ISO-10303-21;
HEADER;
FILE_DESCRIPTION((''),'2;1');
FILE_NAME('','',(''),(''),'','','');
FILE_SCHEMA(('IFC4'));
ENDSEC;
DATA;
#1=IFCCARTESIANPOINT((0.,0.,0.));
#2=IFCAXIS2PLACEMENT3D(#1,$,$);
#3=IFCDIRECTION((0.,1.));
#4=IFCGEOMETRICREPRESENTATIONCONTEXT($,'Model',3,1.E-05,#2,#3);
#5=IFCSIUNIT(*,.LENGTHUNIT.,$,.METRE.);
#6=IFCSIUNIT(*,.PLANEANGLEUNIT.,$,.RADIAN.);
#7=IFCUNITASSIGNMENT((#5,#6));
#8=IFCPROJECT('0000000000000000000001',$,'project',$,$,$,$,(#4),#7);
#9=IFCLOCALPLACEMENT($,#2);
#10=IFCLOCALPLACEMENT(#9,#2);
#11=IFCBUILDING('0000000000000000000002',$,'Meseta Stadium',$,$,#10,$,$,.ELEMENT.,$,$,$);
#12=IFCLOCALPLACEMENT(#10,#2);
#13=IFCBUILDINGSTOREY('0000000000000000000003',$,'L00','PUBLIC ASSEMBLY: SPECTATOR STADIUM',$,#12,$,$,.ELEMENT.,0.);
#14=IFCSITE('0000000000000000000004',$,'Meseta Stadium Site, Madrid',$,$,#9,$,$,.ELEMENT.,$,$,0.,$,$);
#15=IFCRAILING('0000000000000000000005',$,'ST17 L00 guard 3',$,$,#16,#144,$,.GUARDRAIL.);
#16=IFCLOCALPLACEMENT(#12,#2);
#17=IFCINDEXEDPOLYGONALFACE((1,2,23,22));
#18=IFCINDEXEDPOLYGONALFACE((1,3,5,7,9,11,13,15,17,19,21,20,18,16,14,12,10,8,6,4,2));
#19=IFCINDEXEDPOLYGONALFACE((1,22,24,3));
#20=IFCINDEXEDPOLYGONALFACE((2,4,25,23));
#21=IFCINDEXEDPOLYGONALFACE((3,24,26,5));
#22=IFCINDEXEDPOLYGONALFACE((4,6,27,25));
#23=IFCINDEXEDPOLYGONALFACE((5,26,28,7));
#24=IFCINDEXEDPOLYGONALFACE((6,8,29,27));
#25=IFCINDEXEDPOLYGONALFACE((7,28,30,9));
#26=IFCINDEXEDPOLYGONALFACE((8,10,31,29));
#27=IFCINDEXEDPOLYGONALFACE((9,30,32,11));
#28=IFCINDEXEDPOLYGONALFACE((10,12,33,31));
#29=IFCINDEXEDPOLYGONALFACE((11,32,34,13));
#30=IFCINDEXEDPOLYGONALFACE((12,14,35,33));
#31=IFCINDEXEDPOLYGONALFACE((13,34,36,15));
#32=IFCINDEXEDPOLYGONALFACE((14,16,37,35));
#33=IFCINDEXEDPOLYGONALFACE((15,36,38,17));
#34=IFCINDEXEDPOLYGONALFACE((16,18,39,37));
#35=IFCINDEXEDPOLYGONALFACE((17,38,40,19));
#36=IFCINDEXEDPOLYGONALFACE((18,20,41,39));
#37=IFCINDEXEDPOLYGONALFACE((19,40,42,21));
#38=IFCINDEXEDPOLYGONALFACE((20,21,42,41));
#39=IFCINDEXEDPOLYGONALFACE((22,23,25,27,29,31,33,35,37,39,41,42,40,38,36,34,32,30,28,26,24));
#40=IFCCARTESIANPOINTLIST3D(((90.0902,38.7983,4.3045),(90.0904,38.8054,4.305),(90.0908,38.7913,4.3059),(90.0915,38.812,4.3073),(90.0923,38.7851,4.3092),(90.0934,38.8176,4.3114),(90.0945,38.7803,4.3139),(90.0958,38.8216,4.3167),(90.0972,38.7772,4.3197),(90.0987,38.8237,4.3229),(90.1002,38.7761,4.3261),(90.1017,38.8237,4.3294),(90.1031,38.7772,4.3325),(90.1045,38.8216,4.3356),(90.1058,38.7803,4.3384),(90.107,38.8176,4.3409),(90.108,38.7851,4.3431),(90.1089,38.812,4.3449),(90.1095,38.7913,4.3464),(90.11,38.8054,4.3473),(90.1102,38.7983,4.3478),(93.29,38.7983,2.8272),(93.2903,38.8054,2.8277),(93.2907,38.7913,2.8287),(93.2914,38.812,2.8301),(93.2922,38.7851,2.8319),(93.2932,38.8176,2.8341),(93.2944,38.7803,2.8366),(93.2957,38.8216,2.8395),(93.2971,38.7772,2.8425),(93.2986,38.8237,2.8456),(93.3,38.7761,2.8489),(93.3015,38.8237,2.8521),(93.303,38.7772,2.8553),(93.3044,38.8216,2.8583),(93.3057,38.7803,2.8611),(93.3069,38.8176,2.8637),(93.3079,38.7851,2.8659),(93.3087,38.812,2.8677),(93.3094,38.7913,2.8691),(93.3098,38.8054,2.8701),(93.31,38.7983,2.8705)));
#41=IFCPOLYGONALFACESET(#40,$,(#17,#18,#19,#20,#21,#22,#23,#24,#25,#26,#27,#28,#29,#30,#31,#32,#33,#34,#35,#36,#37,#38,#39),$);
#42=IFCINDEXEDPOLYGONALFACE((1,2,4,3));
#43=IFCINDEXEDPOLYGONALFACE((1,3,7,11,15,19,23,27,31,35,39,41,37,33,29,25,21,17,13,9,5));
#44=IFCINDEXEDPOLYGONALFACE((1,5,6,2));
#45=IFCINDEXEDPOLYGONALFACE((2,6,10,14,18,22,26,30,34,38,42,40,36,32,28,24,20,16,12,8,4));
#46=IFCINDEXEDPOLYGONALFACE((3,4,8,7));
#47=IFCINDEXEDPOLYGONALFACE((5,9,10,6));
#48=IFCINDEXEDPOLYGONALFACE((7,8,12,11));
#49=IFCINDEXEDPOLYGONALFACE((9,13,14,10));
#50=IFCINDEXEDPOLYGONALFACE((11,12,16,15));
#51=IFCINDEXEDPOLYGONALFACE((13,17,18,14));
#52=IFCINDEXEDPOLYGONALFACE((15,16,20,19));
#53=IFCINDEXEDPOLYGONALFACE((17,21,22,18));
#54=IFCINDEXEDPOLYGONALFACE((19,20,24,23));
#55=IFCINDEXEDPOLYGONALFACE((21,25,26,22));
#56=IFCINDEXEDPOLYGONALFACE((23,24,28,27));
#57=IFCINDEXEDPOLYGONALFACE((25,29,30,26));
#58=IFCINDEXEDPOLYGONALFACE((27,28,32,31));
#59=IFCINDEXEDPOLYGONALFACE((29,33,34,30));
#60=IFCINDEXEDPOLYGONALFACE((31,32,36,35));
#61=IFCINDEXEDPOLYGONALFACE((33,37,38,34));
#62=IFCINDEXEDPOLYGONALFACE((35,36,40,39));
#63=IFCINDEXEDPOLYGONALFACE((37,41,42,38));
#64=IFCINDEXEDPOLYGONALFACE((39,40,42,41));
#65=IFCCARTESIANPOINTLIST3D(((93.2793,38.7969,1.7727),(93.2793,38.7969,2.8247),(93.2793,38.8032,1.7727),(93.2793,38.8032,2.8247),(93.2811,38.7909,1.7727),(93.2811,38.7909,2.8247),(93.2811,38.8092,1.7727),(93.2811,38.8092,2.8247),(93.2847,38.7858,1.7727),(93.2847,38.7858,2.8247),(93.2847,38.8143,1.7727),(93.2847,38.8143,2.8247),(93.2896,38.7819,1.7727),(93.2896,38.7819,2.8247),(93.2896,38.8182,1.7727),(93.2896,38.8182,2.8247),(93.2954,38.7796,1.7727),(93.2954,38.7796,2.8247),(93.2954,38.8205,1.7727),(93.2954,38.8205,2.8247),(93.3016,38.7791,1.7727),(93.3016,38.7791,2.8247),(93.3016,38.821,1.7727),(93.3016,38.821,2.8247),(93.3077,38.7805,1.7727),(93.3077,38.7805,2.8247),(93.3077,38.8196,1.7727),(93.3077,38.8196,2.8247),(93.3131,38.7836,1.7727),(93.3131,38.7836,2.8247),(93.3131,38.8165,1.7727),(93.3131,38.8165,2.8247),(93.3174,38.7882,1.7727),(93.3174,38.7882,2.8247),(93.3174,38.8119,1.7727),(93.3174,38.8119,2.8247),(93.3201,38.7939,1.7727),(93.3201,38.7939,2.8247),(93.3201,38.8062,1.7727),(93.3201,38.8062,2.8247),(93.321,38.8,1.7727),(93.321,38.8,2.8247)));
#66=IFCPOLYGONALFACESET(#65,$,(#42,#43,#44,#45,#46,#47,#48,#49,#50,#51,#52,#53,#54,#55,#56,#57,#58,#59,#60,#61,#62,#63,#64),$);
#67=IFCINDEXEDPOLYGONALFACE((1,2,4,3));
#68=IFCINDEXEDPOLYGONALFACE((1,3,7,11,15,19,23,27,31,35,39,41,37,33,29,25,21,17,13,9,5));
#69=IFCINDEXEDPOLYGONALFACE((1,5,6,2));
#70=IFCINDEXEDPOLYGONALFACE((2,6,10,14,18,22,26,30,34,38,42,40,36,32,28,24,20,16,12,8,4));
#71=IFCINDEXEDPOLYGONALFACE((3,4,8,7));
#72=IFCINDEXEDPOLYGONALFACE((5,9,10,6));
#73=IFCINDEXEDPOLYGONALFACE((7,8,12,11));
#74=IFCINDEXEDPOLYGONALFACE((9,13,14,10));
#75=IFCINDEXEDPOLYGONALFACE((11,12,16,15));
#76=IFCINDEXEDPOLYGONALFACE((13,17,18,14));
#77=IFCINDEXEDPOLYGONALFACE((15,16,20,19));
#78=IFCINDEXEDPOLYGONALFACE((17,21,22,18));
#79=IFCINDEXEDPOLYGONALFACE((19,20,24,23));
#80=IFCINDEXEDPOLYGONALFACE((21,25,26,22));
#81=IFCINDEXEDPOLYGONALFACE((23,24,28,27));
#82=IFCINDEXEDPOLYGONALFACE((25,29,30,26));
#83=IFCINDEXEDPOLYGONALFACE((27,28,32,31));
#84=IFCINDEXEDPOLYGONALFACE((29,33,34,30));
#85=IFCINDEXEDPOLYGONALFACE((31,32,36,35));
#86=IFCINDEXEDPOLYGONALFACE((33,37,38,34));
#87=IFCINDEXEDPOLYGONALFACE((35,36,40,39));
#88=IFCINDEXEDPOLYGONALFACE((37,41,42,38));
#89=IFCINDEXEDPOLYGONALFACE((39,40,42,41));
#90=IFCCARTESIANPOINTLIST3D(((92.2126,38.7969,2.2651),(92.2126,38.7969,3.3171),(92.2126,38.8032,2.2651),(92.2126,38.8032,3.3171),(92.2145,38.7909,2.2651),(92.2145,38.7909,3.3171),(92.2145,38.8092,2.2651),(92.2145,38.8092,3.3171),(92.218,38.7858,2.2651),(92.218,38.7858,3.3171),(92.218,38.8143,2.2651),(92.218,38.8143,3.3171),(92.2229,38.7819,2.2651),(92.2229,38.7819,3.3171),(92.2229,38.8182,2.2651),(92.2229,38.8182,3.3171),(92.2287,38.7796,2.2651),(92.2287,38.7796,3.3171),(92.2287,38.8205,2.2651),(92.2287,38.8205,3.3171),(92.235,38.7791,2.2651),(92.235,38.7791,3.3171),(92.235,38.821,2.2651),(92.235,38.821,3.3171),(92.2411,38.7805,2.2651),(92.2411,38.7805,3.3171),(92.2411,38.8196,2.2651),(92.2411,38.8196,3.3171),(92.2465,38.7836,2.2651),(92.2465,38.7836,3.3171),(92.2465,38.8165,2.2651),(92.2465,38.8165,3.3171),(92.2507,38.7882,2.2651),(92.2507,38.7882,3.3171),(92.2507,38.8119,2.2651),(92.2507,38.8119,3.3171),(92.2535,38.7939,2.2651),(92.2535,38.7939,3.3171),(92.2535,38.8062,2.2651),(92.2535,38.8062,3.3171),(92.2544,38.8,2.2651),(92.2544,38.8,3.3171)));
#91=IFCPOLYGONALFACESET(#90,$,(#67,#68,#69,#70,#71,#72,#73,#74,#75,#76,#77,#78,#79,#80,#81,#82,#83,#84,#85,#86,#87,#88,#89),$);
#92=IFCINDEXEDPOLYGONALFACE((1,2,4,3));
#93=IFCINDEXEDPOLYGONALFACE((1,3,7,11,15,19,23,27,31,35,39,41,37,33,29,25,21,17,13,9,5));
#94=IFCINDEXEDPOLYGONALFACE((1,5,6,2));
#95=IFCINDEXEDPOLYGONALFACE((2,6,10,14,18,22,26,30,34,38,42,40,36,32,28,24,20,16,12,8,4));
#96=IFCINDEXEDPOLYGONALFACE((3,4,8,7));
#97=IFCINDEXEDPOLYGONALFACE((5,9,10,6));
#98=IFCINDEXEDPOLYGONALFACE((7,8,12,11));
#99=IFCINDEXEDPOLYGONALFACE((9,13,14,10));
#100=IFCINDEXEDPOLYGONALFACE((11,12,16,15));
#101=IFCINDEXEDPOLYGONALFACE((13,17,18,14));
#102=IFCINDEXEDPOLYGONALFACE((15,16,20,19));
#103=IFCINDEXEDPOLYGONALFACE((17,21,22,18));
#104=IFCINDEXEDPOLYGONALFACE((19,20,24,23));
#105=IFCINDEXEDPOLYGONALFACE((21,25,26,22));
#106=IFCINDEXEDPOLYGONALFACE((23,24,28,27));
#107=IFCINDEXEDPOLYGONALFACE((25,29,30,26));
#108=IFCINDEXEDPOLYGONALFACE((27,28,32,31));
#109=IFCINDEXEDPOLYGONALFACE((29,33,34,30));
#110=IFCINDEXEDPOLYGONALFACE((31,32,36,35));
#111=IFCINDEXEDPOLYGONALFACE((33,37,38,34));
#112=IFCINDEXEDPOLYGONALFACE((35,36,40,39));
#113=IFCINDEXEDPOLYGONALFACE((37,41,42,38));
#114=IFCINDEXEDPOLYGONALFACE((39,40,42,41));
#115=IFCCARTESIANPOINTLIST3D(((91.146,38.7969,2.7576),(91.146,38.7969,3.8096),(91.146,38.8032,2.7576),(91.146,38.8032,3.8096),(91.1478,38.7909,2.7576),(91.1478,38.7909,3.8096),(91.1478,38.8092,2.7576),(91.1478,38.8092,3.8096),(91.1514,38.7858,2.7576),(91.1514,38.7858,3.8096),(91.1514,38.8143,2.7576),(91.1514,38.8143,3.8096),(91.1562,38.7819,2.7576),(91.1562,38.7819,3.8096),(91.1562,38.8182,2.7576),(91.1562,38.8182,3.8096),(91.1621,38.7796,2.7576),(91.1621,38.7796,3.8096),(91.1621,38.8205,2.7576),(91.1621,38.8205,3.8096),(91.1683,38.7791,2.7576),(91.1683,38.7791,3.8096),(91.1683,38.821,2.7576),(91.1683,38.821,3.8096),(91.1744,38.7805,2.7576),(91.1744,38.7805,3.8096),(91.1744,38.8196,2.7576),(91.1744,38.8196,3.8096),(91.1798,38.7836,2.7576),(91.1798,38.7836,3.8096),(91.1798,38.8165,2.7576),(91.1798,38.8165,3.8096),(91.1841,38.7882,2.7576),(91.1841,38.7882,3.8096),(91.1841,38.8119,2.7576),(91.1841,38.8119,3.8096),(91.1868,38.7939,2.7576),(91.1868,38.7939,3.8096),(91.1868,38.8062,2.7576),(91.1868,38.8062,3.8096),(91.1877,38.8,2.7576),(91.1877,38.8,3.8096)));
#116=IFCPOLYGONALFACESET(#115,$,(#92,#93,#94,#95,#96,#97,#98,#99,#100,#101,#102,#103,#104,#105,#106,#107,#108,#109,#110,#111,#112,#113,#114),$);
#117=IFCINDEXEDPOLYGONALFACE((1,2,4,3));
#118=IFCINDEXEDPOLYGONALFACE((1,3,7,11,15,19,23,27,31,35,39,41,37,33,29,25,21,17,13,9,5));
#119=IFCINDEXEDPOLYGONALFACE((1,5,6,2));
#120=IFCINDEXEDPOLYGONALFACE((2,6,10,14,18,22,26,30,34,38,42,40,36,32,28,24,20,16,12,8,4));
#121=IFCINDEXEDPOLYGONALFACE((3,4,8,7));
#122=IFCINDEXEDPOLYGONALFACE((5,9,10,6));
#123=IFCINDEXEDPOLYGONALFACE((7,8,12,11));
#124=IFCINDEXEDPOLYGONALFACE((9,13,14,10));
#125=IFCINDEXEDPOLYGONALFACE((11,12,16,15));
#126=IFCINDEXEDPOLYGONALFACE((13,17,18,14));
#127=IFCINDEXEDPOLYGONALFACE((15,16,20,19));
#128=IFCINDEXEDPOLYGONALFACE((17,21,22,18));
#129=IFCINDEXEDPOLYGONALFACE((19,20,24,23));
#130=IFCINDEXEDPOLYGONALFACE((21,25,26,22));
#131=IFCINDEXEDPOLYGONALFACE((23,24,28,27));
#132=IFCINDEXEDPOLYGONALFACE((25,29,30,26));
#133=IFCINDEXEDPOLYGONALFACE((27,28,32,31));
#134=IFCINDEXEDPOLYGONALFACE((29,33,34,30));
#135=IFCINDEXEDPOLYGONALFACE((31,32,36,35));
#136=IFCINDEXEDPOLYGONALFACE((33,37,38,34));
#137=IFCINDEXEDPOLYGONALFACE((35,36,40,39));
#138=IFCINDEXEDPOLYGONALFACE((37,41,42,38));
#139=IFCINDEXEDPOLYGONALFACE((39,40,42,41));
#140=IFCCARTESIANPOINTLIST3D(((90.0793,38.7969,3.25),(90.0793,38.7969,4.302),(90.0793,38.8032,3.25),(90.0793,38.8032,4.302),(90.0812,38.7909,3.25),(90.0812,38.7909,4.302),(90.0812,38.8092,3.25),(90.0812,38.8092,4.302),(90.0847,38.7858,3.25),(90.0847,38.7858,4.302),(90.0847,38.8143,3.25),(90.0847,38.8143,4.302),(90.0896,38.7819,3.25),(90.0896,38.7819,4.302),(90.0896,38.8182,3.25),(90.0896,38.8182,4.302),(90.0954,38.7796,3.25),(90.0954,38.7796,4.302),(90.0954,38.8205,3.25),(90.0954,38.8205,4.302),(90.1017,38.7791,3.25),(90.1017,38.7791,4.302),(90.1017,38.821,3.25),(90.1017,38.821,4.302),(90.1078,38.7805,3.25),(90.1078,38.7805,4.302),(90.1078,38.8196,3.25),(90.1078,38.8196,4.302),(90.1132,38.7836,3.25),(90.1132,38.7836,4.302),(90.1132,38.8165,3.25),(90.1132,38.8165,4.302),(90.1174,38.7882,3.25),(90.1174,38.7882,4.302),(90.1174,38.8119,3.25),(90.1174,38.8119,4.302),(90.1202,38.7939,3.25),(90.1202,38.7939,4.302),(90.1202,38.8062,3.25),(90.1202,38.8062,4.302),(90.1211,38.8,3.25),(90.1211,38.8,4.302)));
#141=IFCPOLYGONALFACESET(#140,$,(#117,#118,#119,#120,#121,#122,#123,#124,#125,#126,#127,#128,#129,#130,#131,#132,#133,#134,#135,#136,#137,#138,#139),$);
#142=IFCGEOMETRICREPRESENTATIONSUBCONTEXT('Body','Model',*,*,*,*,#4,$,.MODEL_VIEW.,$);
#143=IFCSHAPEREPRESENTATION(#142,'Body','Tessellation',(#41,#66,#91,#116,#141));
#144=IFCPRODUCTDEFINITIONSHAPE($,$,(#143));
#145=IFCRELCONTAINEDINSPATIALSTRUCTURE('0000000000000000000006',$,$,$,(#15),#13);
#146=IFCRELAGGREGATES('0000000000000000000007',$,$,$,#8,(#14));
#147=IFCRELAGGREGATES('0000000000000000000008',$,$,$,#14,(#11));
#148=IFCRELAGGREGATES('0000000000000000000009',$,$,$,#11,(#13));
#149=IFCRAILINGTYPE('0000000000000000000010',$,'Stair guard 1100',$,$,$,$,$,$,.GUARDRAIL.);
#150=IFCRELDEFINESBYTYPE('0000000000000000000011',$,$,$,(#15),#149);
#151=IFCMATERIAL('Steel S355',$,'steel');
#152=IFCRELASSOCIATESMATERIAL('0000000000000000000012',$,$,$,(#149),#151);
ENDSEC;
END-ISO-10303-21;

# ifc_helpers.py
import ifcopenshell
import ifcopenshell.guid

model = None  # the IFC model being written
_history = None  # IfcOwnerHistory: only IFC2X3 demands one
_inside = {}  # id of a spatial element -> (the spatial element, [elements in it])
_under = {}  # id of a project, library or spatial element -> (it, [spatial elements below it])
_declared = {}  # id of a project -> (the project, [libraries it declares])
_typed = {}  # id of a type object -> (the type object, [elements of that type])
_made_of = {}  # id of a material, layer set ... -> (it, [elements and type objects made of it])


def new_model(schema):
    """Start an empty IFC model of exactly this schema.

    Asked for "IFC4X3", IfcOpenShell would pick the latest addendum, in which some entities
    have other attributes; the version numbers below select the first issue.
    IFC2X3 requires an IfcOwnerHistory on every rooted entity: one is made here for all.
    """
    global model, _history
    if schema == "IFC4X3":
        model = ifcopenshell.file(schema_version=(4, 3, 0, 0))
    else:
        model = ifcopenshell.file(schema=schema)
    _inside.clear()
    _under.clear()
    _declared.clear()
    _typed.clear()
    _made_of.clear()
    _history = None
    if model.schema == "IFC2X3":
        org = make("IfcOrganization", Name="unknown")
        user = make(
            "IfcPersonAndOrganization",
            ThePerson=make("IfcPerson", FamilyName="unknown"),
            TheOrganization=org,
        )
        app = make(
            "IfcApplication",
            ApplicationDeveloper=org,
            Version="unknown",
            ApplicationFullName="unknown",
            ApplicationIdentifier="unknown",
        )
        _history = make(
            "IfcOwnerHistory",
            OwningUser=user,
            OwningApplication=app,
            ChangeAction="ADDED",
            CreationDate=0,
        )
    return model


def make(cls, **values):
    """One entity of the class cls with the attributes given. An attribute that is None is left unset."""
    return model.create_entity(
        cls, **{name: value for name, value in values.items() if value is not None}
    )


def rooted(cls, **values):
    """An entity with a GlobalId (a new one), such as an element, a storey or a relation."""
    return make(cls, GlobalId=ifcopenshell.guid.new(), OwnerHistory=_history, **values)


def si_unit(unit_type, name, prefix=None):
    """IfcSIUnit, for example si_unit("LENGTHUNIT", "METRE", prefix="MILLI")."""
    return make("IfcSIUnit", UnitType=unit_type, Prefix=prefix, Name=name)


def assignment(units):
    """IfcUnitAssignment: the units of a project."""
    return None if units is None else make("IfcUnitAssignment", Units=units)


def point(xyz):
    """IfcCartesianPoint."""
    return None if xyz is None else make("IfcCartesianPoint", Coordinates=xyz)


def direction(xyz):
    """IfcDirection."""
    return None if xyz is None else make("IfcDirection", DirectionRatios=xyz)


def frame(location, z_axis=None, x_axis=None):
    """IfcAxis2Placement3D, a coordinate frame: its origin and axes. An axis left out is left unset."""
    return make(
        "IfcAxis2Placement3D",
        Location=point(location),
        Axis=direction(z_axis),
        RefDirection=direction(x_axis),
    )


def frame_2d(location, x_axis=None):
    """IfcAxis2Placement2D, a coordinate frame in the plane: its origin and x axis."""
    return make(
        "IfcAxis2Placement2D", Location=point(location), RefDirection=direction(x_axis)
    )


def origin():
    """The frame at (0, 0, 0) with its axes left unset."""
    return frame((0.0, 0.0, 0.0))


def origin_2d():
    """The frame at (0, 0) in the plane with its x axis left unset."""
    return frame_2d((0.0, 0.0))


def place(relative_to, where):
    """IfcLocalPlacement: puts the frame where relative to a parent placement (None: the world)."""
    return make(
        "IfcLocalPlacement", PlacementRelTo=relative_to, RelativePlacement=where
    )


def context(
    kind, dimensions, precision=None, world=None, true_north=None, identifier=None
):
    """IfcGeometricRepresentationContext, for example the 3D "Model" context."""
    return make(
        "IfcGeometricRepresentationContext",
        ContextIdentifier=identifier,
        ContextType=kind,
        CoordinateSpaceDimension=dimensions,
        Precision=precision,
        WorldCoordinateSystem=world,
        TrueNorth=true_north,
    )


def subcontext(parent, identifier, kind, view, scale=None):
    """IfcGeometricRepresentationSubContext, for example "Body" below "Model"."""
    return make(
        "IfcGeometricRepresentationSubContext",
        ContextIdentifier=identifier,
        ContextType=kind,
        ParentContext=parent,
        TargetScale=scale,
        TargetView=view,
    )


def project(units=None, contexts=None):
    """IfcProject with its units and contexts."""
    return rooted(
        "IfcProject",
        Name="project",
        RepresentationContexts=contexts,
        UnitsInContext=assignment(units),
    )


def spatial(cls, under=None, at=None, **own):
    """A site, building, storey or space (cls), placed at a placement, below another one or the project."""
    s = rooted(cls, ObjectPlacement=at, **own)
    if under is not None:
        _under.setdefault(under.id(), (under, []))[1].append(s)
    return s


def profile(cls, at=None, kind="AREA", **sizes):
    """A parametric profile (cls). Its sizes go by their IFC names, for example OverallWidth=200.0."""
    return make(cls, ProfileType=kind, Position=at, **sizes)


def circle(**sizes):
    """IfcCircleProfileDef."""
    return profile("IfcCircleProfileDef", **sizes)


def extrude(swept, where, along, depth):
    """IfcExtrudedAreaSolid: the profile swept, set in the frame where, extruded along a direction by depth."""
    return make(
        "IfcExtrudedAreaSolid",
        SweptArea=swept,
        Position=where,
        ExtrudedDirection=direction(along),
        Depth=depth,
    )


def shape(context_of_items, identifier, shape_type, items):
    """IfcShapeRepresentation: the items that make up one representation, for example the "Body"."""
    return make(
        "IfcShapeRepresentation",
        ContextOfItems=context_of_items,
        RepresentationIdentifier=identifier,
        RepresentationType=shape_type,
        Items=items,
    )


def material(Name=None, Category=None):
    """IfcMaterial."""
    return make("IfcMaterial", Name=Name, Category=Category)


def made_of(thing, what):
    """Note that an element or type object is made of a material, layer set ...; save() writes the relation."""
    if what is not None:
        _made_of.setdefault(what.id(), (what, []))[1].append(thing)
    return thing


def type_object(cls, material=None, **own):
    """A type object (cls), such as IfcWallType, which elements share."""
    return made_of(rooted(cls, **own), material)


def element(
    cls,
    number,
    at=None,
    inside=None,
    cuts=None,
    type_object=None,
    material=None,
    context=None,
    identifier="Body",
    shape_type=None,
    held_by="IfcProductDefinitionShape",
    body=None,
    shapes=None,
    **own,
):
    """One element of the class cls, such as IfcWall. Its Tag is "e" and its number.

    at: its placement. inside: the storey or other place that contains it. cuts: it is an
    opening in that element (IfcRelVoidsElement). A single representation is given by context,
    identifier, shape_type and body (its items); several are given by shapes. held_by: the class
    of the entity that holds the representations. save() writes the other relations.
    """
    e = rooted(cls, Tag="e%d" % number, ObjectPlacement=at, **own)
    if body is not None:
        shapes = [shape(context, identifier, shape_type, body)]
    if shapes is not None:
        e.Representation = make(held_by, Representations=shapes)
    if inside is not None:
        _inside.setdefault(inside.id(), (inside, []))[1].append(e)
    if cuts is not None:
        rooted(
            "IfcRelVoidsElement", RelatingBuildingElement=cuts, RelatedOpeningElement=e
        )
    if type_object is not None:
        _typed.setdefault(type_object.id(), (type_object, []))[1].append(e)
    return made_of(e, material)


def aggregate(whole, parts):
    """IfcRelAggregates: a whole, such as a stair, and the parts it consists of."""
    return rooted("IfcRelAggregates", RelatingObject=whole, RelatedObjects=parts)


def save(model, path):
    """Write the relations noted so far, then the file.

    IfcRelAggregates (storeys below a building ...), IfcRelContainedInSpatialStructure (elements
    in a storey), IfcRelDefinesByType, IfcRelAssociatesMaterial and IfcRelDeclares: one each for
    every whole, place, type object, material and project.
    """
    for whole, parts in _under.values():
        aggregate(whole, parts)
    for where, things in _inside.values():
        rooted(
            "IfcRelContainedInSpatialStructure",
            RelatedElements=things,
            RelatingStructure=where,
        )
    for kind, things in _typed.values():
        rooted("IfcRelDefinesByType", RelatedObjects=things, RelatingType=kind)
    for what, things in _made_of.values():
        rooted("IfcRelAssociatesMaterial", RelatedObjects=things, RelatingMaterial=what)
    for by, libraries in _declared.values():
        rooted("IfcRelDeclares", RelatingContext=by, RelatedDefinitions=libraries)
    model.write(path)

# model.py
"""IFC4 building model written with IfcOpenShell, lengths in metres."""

from ifc_helpers import new_model, si_unit, direction, frame, origin, origin_2d, place, context, subcontext, project, spatial, circle, extrude, material, type_object, element, save


model = new_model("IFC4")

# Units and contexts
model_context = context("Model", 3, precision=1e-05, world=origin(), true_north=direction((0.0, 1.0)))
body_context = subcontext(model_context, "Body", "Model", "MODEL_VIEW")
ifc_project = project(units=[si_unit("LENGTHUNIT", "METRE"), si_unit("PLANEANGLEUNIT", "RADIAN")], contexts=[model_context])

# Site, building, storey
site_placement = place(None, origin())
site = spatial("IfcSite", under=ifc_project, at=site_placement, Name="Meseta Stadium Site, Madrid", CompositionType="ELEMENT", RefElevation=0.0)
building_placement = place(site_placement, origin())
building = spatial("IfcBuilding", under=site, at=building_placement, Name="Meseta Stadium", CompositionType="ELEMENT")
storey_placement = place(building_placement, origin())
storey = spatial("IfcBuildingStorey", under=building, at=storey_placement, Name="L00", Description="PUBLIC ASSEMBLY: SPECTATOR STADIUM", CompositionType="ELEMENT", Elevation=0.0)

# Railing
ifc_material_1 = material(Name="Steel S355", Category="steel")
railing_type_1 = type_object("IfcRailingType", Name="Stair guard 1100", PredefinedType="GUARDRAIL", material=ifc_material_1)
railing_1_placement = place(storey_placement, frame((93.3, 38.8, 1.7727)))
element("IfcRailing", 1, at=railing_1_placement, inside=storey, type_object=railing_type_1, Name="ST17 L00 guard 3", PredefinedType="GUARDRAIL", context=body_context, shape_type="SweptSolid", body=[
    extrude(circle(Radius=0.0239, at=origin_2d()), frame((0.0, 0.0, 1.0762), z_axis=(-0.907917, 0.0, 0.41915), x_axis=(0.0, -1.0, 0.0)), (0.0, 0.0, 1.0), 3.5244),
    extrude(circle(Radius=0.021, at=origin_2d()), origin(), (0.0, 0.0, 1.0), 1.052),
    extrude(circle(Radius=0.021, at=origin_2d()), frame((-1.0667, 0.0, 0.4924)), (0.0, 0.0, 1.0), 1.052),
    extrude(circle(Radius=0.021, at=origin_2d()), frame((-2.1333, 0.0, 0.9849)), (0.0, 0.0, 1.0), 1.052),
    extrude(circle(Radius=0.021, at=origin_2d()), frame((-3.2, 0.0, 1.4773)), (0.0, 0.0, 1.0), 1.052),
])

save(model, "model.ifc")
